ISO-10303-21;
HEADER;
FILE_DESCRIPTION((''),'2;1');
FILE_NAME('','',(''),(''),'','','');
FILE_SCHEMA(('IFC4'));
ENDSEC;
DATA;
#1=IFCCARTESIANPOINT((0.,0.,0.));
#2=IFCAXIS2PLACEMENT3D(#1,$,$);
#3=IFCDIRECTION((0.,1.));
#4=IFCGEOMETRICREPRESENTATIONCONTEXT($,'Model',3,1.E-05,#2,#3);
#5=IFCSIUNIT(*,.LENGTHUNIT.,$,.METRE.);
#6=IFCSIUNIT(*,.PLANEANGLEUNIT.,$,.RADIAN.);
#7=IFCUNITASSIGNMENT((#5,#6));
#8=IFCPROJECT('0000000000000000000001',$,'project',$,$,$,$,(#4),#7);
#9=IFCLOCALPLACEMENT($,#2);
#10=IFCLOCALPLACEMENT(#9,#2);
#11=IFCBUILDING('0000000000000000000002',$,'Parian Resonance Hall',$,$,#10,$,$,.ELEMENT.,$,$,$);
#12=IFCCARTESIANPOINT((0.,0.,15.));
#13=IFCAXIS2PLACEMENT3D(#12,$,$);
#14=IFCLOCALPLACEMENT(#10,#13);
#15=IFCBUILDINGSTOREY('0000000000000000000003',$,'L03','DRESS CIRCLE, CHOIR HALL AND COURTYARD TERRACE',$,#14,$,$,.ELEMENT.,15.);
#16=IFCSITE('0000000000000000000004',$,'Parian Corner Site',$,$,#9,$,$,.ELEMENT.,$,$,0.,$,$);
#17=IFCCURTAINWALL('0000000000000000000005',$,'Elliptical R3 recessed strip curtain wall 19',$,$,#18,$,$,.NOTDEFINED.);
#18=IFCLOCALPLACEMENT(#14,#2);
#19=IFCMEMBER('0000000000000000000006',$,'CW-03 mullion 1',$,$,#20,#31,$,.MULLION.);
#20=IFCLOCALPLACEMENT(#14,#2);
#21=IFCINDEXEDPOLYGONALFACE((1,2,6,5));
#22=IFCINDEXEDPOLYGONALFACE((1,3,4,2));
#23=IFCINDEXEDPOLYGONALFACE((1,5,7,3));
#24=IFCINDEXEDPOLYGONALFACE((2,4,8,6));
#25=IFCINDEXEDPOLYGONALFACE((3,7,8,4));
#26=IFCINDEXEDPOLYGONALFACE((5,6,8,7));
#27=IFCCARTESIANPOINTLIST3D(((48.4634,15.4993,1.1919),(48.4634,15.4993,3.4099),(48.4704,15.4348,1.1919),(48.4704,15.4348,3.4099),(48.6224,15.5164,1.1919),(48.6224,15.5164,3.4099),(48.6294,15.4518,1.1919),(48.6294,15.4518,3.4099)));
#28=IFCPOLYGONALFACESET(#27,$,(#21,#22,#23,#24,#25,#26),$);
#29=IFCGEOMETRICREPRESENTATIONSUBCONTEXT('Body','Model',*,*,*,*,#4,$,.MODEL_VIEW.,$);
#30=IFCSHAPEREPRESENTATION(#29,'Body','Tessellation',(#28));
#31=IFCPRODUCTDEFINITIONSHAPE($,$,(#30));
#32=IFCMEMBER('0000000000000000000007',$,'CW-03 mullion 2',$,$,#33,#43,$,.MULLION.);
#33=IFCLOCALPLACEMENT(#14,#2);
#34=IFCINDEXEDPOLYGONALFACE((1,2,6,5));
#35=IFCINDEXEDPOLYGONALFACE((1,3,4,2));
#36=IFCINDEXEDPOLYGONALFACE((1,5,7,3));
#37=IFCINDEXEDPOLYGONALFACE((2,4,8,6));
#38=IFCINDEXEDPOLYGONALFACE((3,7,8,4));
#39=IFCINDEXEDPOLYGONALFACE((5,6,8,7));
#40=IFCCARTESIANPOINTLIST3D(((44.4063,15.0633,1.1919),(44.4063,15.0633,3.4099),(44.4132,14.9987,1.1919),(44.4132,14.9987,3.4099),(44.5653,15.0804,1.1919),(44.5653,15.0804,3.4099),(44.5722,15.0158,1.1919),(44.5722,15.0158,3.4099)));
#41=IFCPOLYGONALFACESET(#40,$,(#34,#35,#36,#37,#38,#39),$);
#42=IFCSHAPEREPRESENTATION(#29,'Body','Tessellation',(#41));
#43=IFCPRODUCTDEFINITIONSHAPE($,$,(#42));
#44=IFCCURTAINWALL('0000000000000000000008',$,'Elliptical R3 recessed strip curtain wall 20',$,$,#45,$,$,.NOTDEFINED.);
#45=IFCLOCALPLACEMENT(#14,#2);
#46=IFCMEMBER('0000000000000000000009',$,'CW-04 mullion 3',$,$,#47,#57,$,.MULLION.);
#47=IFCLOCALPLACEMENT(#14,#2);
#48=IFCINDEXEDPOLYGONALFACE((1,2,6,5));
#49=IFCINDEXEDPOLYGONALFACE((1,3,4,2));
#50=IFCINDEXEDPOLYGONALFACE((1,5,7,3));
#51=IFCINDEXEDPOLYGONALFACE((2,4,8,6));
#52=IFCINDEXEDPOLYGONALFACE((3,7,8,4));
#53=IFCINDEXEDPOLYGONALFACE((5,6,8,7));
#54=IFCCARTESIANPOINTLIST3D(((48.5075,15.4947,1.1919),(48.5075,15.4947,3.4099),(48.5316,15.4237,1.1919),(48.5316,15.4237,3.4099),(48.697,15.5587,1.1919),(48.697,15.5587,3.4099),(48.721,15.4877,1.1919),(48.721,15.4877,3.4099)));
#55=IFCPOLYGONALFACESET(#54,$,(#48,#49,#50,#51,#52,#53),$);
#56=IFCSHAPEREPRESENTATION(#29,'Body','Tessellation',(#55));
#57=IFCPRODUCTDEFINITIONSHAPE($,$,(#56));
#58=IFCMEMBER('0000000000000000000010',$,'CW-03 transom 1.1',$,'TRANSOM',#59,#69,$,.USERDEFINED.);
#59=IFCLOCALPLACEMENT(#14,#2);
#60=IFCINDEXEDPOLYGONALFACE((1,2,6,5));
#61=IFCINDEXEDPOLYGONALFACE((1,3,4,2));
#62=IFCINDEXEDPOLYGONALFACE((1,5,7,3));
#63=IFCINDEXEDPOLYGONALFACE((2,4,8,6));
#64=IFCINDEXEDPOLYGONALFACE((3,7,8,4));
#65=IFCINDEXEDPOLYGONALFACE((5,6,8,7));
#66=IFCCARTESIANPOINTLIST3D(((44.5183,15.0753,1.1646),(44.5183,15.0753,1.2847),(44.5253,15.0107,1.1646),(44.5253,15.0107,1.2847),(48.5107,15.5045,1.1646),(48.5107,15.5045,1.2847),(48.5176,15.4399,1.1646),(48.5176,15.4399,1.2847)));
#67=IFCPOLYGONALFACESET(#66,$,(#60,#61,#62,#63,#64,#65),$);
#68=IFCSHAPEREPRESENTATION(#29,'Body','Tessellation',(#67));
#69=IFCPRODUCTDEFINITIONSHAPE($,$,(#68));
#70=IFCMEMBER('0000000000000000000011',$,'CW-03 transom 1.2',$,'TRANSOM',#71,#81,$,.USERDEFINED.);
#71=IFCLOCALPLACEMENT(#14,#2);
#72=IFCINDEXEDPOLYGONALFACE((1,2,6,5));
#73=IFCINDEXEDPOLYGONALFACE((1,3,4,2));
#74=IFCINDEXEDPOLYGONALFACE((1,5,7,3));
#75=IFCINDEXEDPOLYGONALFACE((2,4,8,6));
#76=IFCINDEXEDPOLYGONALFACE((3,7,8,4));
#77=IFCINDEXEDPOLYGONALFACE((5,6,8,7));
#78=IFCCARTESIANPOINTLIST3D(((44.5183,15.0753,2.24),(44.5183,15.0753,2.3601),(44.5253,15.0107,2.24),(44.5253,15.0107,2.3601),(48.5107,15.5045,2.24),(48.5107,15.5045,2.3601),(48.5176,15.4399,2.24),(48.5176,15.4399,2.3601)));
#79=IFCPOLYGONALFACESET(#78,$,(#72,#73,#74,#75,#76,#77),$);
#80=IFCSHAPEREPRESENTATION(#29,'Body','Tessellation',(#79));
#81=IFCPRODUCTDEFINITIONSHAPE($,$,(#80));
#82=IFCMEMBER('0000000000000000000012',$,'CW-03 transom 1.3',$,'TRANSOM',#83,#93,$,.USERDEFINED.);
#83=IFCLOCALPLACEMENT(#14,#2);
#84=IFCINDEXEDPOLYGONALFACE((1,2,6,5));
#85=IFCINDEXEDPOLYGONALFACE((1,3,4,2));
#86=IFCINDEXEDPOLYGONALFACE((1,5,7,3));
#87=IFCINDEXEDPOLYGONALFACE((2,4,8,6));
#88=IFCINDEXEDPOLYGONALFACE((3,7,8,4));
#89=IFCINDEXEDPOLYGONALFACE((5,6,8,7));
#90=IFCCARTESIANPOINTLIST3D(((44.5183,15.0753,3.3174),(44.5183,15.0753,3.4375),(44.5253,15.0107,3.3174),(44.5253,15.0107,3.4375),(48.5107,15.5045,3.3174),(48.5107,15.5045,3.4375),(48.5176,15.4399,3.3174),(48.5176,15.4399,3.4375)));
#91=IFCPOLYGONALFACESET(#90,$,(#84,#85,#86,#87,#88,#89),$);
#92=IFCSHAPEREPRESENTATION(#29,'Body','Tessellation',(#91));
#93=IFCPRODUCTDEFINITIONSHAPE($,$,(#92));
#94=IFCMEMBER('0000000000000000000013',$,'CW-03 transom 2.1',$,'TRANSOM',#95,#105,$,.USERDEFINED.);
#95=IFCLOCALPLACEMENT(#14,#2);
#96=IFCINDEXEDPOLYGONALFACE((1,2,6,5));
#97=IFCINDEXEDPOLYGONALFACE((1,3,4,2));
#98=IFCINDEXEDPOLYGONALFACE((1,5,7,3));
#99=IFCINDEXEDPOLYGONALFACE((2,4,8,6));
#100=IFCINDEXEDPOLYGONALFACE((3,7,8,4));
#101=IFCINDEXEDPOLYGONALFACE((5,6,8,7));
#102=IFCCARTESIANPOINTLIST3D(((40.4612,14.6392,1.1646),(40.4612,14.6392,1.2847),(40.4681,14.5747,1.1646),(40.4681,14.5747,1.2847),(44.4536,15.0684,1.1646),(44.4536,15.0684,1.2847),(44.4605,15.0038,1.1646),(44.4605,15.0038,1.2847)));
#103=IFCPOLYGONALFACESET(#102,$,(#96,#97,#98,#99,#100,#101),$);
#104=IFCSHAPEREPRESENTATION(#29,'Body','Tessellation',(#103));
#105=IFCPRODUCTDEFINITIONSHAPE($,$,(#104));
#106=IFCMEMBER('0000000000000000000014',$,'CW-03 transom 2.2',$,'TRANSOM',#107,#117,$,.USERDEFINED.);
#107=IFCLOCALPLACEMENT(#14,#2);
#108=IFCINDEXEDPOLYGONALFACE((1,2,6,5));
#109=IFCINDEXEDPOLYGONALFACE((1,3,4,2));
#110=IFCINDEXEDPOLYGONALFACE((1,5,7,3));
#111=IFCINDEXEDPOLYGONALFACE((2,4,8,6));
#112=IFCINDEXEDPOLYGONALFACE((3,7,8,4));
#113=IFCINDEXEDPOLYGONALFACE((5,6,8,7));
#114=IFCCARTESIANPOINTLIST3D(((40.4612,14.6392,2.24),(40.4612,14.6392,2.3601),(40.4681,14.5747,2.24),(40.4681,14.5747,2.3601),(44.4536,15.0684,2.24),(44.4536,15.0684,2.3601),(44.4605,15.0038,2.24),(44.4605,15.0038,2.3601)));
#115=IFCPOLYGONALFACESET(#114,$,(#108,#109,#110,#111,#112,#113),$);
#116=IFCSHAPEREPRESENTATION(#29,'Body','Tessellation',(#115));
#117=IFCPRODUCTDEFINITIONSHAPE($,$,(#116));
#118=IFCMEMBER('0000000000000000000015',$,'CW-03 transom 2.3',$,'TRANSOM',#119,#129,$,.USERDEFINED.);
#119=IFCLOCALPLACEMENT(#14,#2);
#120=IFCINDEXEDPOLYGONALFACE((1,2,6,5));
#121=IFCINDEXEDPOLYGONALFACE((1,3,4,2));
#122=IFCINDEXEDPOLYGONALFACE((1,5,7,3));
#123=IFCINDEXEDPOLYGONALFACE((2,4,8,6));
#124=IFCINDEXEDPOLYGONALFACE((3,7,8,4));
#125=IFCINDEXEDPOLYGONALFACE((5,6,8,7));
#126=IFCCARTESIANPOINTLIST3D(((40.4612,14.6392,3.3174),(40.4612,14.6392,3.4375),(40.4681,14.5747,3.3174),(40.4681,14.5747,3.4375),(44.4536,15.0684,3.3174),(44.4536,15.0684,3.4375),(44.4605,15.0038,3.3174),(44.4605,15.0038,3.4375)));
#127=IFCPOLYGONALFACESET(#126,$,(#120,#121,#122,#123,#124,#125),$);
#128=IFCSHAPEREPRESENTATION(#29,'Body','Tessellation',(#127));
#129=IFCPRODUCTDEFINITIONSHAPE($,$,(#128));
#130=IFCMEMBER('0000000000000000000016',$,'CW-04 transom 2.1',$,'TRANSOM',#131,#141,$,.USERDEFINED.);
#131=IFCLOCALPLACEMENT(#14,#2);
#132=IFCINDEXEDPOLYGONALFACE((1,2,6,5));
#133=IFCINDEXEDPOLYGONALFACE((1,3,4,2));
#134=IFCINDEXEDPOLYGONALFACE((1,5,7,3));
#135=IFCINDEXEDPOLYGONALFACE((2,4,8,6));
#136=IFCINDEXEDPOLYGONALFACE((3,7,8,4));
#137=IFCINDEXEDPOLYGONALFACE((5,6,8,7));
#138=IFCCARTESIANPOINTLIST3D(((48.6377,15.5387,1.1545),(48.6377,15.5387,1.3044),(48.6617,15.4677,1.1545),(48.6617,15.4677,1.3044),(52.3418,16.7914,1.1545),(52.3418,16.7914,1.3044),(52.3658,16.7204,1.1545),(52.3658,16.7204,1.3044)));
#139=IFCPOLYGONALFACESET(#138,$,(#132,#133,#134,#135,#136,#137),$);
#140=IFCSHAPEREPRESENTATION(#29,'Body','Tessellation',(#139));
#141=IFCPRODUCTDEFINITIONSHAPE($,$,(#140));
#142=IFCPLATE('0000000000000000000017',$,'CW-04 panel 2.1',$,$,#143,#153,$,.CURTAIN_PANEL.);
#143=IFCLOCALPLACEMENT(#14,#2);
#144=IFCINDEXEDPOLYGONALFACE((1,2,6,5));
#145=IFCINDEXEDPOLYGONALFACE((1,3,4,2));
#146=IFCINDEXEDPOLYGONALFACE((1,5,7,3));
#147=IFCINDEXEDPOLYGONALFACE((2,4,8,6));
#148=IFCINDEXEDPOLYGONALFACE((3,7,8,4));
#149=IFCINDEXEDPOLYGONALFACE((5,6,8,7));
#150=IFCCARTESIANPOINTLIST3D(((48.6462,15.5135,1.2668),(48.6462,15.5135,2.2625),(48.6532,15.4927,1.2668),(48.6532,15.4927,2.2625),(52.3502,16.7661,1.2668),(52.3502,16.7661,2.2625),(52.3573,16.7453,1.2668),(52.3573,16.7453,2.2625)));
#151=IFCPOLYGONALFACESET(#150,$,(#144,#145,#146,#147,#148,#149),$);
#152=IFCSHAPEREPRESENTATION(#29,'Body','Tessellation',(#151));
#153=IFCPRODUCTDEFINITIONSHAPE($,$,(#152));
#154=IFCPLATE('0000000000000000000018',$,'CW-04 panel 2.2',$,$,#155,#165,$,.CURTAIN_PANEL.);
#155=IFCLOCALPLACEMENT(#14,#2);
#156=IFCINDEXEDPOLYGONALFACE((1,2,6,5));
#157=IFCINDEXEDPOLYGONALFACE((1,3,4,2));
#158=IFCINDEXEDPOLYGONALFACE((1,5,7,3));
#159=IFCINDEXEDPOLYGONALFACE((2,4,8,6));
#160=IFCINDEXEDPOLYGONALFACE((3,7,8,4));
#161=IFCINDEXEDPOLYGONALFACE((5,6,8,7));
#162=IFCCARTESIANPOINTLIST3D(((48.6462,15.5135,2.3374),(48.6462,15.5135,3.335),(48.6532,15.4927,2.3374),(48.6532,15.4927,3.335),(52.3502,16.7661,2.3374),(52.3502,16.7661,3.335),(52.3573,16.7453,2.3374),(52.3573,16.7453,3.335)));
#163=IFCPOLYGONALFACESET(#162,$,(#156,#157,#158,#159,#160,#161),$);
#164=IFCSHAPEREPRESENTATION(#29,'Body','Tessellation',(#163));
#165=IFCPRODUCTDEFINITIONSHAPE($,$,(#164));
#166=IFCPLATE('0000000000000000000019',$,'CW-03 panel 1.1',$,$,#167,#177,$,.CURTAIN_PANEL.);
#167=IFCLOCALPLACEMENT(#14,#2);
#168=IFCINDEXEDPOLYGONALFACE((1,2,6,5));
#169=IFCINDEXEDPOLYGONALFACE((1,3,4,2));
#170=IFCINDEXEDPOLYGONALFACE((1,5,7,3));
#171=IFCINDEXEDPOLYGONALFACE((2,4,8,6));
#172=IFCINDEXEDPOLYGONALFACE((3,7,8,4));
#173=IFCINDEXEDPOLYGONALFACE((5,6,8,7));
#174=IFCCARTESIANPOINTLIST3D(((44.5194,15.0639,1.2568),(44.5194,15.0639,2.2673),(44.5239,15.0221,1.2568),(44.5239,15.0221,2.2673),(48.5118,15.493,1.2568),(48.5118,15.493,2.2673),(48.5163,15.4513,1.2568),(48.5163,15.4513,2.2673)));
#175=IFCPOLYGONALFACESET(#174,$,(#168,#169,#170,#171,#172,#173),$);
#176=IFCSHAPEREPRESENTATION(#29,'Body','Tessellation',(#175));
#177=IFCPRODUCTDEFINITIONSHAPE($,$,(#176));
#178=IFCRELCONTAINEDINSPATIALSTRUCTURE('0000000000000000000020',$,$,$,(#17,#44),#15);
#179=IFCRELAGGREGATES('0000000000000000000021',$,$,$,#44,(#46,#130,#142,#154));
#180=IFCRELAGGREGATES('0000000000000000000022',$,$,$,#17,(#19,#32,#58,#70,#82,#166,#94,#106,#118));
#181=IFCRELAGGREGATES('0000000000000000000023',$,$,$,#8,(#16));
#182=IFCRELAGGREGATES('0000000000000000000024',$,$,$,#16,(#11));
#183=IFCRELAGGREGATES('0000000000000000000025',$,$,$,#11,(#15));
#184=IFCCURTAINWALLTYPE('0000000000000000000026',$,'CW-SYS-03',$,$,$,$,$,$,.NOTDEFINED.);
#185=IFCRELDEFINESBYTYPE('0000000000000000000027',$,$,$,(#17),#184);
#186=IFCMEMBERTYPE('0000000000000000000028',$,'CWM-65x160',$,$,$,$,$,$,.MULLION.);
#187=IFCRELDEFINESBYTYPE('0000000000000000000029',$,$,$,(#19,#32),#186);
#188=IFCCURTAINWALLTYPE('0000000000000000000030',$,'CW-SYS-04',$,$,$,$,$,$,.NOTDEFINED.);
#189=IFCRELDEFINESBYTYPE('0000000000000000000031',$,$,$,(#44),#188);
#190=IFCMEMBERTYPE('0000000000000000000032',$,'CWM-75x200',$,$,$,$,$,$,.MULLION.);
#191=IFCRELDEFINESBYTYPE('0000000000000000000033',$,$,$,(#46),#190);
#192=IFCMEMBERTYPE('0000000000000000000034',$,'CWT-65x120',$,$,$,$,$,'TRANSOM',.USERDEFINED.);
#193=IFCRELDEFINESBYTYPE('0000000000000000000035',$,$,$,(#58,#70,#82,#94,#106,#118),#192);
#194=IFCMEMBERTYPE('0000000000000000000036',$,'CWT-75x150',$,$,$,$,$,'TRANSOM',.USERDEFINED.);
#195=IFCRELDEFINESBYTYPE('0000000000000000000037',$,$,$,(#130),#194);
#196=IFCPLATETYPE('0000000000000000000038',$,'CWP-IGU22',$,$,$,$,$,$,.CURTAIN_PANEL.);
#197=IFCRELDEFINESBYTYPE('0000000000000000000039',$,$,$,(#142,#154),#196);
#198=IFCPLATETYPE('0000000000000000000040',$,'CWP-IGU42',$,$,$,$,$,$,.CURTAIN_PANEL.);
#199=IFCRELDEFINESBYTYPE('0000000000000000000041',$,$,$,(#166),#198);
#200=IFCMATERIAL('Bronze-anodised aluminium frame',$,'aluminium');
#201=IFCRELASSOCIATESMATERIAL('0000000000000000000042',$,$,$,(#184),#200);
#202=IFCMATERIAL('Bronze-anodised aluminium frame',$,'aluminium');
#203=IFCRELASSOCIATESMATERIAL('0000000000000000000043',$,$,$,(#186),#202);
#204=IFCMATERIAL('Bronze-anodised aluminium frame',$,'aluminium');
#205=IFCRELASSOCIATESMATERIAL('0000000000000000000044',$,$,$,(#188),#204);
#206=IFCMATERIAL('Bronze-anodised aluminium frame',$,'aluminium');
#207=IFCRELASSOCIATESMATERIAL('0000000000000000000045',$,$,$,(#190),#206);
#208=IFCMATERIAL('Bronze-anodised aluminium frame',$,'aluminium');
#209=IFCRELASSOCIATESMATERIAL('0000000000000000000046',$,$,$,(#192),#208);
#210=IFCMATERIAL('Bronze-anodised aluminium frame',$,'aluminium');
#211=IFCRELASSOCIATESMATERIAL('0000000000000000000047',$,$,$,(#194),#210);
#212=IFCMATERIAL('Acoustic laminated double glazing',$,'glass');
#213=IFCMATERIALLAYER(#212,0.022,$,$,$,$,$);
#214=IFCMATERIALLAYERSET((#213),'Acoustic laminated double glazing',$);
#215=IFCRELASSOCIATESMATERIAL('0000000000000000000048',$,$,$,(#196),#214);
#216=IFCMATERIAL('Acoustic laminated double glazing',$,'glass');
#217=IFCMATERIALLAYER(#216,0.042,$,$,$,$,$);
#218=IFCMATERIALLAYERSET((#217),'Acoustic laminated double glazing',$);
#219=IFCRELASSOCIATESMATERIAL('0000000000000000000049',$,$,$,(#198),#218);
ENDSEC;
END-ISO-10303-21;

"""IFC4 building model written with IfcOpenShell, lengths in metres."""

from ifc_helpers import new_model, si_unit, direction, frame, origin, origin_2d, place, context, subcontext, project, spatial, rectangle, extrude, material, layer, layer_set, material_profile, profile_set, type_object, element, aggregate, save


model = new_model("IFC4")

# Units and contexts
model_context = context("Model", 3, precision=1e-05, world=origin(), true_north=direction((0.0, 1.0)))
body_context = subcontext(model_context, "Body", "Model", "MODEL_VIEW")
ifc_project = project(units=[si_unit("LENGTHUNIT", "METRE"), si_unit("PLANEANGLEUNIT", "RADIAN")], contexts=[model_context])

# Site, building, storey
site_placement = place(None, origin())
site = spatial("IfcSite", under=ifc_project, at=site_placement, Name="Parian Corner Site", CompositionType="ELEMENT", RefElevation=0.0)
building_placement = place(site_placement, origin())
building = spatial("IfcBuilding", under=site, at=building_placement, Name="Parian Resonance Hall", CompositionType="ELEMENT")
storey_placement = place(building_placement, frame((0.0, 0.0, 15.0)))
storey = spatial("IfcBuildingStorey", under=building, at=storey_placement, Name="L03", Description="DRESS CIRCLE, CHOIR HALL AND COURTYARD TERRACE", CompositionType="ELEMENT", Elevation=15.0)

# Curtain wall, members
ifc_material_1 = material(Name="Bronze-anodised aluminium frame", Category="aluminium")
curtain_wall_type_1 = type_object("IfcCurtainWallType", Name="CW-SYS-03", PredefinedType="NOTDEFINED", material=ifc_material_1)
curtain_wall_1_placement = place(storey_placement, origin())
curtain_wall_1 = element("IfcCurtainWall", 1, at=curtain_wall_1_placement, inside=storey, type_object=curtain_wall_type_1, Name="Elliptical R3 recessed strip curtain wall 19", PredefinedType="NOTDEFINED")
ifc_material_2 = material(Name="Bronze-anodised aluminium frame", Category="aluminium")
ifc_material_profile_1 = material_profile(ifc_material_2, rectangle(XDim=0.0649, YDim=0.1599, at=origin_2d()), Name="CWM-65x160")
ifc_profile_set_1 = profile_set([ifc_material_profile_1], Name="Bronze-anodised aluminium frame")
member_type_1 = type_object("IfcMemberType", Name="CWM-65x160", PredefinedType="MULLION", material=ifc_profile_set_1)
member_1_placement = place(storey_placement, frame((48.5464, 15.4756, 1.1919), z_axis=(0.0, 0.0, 1.0), x_axis=(0.106871, -0.994273, 0.0)))
member_1 = element("IfcMember", 2, at=member_1_placement, type_object=member_type_1, Name="CW-03 mullion 1", PredefinedType="MULLION", context=body_context, shape_type="SweptSolid", body=[
    extrude(rectangle(XDim=0.0649, YDim=0.1599, at=origin_2d()), origin(), (0.0, 0.0, 1.0), 2.218),
])
member_2_placement = place(storey_placement, frame((44.4893, 15.0396, 1.1919), z_axis=(0.0, 0.0, 1.0), x_axis=(0.106871, -0.994273, 0.0)))
member_2 = element("IfcMember", 3, at=member_2_placement, type_object=member_type_1, Name="CW-03 mullion 2", PredefinedType="MULLION", context=body_context, shape_type="SweptSolid", body=[
    extrude(rectangle(XDim=0.0649, YDim=0.1599, at=origin_2d()), origin(), (0.0, 0.0, 1.0), 2.218),
])

# Curtain wall, member
ifc_material_3 = material(Name="Bronze-anodised aluminium frame", Category="aluminium")
curtain_wall_type_2 = type_object("IfcCurtainWallType", Name="CW-SYS-04", PredefinedType="NOTDEFINED", material=ifc_material_3)
curtain_wall_2_placement = place(storey_placement, origin())
curtain_wall_2 = element("IfcCurtainWall", 4, at=curtain_wall_2_placement, inside=storey, type_object=curtain_wall_type_2, Name="Elliptical R3 recessed strip curtain wall 20", PredefinedType="NOTDEFINED")
ifc_material_4 = material(Name="Bronze-anodised aluminium frame", Category="aluminium")
ifc_material_profile_2 = material_profile(ifc_material_4, rectangle(XDim=0.075, YDim=0.2, at=origin_2d()), Name="CWM-75x200")
ifc_profile_set_2 = profile_set([ifc_material_profile_2], Name="Bronze-anodised aluminium frame")
member_type_2 = type_object("IfcMemberType", Name="CWM-75x200", PredefinedType="MULLION", material=ifc_profile_set_2)
member_3_placement = place(storey_placement, frame((48.6143, 15.4912, 1.1919), z_axis=(0.0, 0.0, 1.0), x_axis=(0.32036, -0.947296, 0.0)))
member_3 = element("IfcMember", 5, at=member_3_placement, type_object=member_type_2, Name="CW-04 mullion 3", PredefinedType="MULLION", context=body_context, shape_type="SweptSolid", body=[
    extrude(rectangle(XDim=0.075, YDim=0.2, at=origin_2d()), origin(), (0.0, 0.0, 1.0), 2.218),
])

# Members
ifc_material_5 = material(Name="Bronze-anodised aluminium frame", Category="aluminium")
ifc_material_profile_3 = material_profile(ifc_material_5, rectangle(XDim=0.0649, YDim=0.1201, at=origin_2d()), Name="CWT-65x120")
ifc_profile_set_3 = profile_set([ifc_material_profile_3], Name="Bronze-anodised aluminium frame")
member_type_3 = type_object("IfcMemberType", Name="CWT-65x120", ElementType="TRANSOM", PredefinedType="USERDEFINED", material=ifc_profile_set_3)
member_4_placement = place(storey_placement, frame((48.5142, 15.4722, 1.2246), z_axis=(-0.994271, -0.106887, 0.0), x_axis=(0.106887, -0.994271, 0.0)))
member_4 = element("IfcMember", 6, at=member_4_placement, type_object=member_type_3, Name="CW-03 transom 1.1", ObjectType="TRANSOM", PredefinedType="USERDEFINED", context=body_context, shape_type="SweptSolid", body=[
    extrude(rectangle(XDim=0.0649, YDim=0.1201, at=origin_2d()), origin(), (0.0, 0.0, 1.0), 4.0154),
])
member_5_placement = place(storey_placement, frame((48.5142, 15.4722, 2.3), z_axis=(-0.994271, -0.106887, 0.0), x_axis=(0.106887, -0.994271, 0.0)))
member_5 = element("IfcMember", 7, at=member_5_placement, type_object=member_type_3, Name="CW-03 transom 1.2", ObjectType="TRANSOM", PredefinedType="USERDEFINED", context=body_context, shape_type="SweptSolid", body=[
    extrude(rectangle(XDim=0.0649, YDim=0.1201, at=origin_2d()), origin(), (0.0, 0.0, 1.0), 4.0154),
])
member_6_placement = place(storey_placement, frame((48.5142, 15.4722, 3.3774), z_axis=(-0.994271, -0.106887, 0.0), x_axis=(0.106887, -0.994271, 0.0)))
member_6 = element("IfcMember", 8, at=member_6_placement, type_object=member_type_3, Name="CW-03 transom 1.3", ObjectType="TRANSOM", PredefinedType="USERDEFINED", context=body_context, shape_type="SweptSolid", body=[
    extrude(rectangle(XDim=0.0649, YDim=0.1201, at=origin_2d()), origin(), (0.0, 0.0, 1.0), 4.0154),
])
member_7_placement = place(storey_placement, frame((44.457, 15.0361, 1.2246), z_axis=(-0.994271, -0.106887, 0.0), x_axis=(0.106887, -0.994271, 0.0)))
member_7 = element("IfcMember", 9, at=member_7_placement, type_object=member_type_3, Name="CW-03 transom 2.1", ObjectType="TRANSOM", PredefinedType="USERDEFINED", context=body_context, shape_type="SweptSolid", body=[
    extrude(rectangle(XDim=0.0649, YDim=0.1201, at=origin_2d()), origin(), (0.0, 0.0, 1.0), 4.0154),
])
member_8_placement = place(storey_placement, frame((44.457, 15.0361, 2.3), z_axis=(-0.994271, -0.106887, 0.0), x_axis=(0.106887, -0.994271, 0.0)))
member_8 = element("IfcMember", 10, at=member_8_placement, type_object=member_type_3, Name="CW-03 transom 2.2", ObjectType="TRANSOM", PredefinedType="USERDEFINED", context=body_context, shape_type="SweptSolid", body=[
    extrude(rectangle(XDim=0.0649, YDim=0.1201, at=origin_2d()), origin(), (0.0, 0.0, 1.0), 4.0154),
])
member_9_placement = place(storey_placement, frame((44.457, 15.0361, 3.3774), z_axis=(-0.994271, -0.106887, 0.0), x_axis=(0.106887, -0.994271, 0.0)))
member_9 = element("IfcMember", 11, at=member_9_placement, type_object=member_type_3, Name="CW-03 transom 2.3", ObjectType="TRANSOM", PredefinedType="USERDEFINED", context=body_context, shape_type="SweptSolid", body=[
    extrude(rectangle(XDim=0.0649, YDim=0.1201, at=origin_2d()), origin(), (0.0, 0.0, 1.0), 4.0154),
])
ifc_material_6 = material(Name="Bronze-anodised aluminium frame", Category="aluminium")
ifc_material_profile_4 = material_profile(ifc_material_6, rectangle(XDim=0.075, YDim=0.1499, at=origin_2d()), Name="CWT-75x150")
ifc_profile_set_4 = profile_set([ifc_material_profile_4], Name="Bronze-anodised aluminium frame")
member_type_4 = type_object("IfcMemberType", Name="CWT-75x150", ElementType="TRANSOM", PredefinedType="USERDEFINED", material=ifc_profile_set_4)
member_10_placement = place(storey_placement, frame((52.3538, 16.7559, 1.2295), z_axis=(-0.947294, -0.320364, 0.0), x_axis=(0.320364, -0.947294, 0.0)))
member_10 = element("IfcMember", 12, at=member_10_placement, type_object=member_type_4, Name="CW-04 transom 2.1", ObjectType="TRANSOM", PredefinedType="USERDEFINED", context=body_context, shape_type="SweptSolid", body=[
    extrude(rectangle(XDim=0.075, YDim=0.1499, at=origin_2d()), origin(), (0.0, 0.0, 1.0), 3.9102),
])

# Plates
ifc_material_7 = material(Name="Acoustic laminated double glazing", Category="glass")
ifc_layer_1 = layer(ifc_material_7, 0.022)
ifc_layer_set_1 = layer_set([ifc_layer_1], Name="Acoustic laminated double glazing")
plate_type_1 = type_object("IfcPlateType", Name="CWP-IGU22", PredefinedType="CURTAIN_PANEL", material=ifc_layer_set_1)
plate_1_placement = place(storey_placement, frame((50.5017, 16.1294, 1.2668), z_axis=(0.0, 0.0, 1.0), x_axis=(-0.947296, -0.32036, 0.0)))
plate_1 = element("IfcPlate", 13, at=plate_1_placement, type_object=plate_type_1, Name="CW-04 panel 2.1", PredefinedType="CURTAIN_PANEL", context=body_context, shape_type="SweptSolid", body=[
    extrude(rectangle(XDim=3.9102, YDim=0.022, at=origin_2d()), origin(), (0.0, 0.0, 1.0), 0.9956),
])
plate_2_placement = place(storey_placement, frame((50.5017, 16.1294, 2.3374), z_axis=(0.0, 0.0, 1.0), x_axis=(-0.947296, -0.32036, 0.0)))
plate_2 = element("IfcPlate", 14, at=plate_2_placement, type_object=plate_type_1, Name="CW-04 panel 2.2", PredefinedType="CURTAIN_PANEL", context=body_context, shape_type="SweptSolid", body=[
    extrude(rectangle(XDim=3.9102, YDim=0.022, at=origin_2d()), origin(), (0.0, 0.0, 1.0), 0.9976),
])
aggregate(curtain_wall_2, [member_3, member_10, plate_1, plate_2])
ifc_material_8 = material(Name="Acoustic laminated double glazing", Category="glass")
ifc_layer_2 = layer(ifc_material_8, 0.042)
ifc_layer_set_2 = layer_set([ifc_layer_2], Name="Acoustic laminated double glazing")
plate_type_2 = type_object("IfcPlateType", Name="CWP-IGU42", PredefinedType="CURTAIN_PANEL", material=ifc_layer_set_2)
plate_3_placement = place(storey_placement, frame((46.5178, 15.2576, 1.2568), z_axis=(0.0, 0.0, 1.0), x_axis=(-0.994273, -0.106871, 0.0)))
plate_3 = element("IfcPlate", 15, at=plate_3_placement, type_object=plate_type_2, Name="CW-03 panel 1.1", PredefinedType="CURTAIN_PANEL", context=body_context, shape_type="SweptSolid", body=[
    extrude(rectangle(XDim=4.0154, YDim=0.042, at=origin_2d()), origin(), (0.0, 0.0, 1.0), 1.0105),
])
aggregate(curtain_wall_1, [member_1, member_2, member_4, member_5, member_6, plate_3, member_7, member_8, member_9])

save(model, "model.ifc")
